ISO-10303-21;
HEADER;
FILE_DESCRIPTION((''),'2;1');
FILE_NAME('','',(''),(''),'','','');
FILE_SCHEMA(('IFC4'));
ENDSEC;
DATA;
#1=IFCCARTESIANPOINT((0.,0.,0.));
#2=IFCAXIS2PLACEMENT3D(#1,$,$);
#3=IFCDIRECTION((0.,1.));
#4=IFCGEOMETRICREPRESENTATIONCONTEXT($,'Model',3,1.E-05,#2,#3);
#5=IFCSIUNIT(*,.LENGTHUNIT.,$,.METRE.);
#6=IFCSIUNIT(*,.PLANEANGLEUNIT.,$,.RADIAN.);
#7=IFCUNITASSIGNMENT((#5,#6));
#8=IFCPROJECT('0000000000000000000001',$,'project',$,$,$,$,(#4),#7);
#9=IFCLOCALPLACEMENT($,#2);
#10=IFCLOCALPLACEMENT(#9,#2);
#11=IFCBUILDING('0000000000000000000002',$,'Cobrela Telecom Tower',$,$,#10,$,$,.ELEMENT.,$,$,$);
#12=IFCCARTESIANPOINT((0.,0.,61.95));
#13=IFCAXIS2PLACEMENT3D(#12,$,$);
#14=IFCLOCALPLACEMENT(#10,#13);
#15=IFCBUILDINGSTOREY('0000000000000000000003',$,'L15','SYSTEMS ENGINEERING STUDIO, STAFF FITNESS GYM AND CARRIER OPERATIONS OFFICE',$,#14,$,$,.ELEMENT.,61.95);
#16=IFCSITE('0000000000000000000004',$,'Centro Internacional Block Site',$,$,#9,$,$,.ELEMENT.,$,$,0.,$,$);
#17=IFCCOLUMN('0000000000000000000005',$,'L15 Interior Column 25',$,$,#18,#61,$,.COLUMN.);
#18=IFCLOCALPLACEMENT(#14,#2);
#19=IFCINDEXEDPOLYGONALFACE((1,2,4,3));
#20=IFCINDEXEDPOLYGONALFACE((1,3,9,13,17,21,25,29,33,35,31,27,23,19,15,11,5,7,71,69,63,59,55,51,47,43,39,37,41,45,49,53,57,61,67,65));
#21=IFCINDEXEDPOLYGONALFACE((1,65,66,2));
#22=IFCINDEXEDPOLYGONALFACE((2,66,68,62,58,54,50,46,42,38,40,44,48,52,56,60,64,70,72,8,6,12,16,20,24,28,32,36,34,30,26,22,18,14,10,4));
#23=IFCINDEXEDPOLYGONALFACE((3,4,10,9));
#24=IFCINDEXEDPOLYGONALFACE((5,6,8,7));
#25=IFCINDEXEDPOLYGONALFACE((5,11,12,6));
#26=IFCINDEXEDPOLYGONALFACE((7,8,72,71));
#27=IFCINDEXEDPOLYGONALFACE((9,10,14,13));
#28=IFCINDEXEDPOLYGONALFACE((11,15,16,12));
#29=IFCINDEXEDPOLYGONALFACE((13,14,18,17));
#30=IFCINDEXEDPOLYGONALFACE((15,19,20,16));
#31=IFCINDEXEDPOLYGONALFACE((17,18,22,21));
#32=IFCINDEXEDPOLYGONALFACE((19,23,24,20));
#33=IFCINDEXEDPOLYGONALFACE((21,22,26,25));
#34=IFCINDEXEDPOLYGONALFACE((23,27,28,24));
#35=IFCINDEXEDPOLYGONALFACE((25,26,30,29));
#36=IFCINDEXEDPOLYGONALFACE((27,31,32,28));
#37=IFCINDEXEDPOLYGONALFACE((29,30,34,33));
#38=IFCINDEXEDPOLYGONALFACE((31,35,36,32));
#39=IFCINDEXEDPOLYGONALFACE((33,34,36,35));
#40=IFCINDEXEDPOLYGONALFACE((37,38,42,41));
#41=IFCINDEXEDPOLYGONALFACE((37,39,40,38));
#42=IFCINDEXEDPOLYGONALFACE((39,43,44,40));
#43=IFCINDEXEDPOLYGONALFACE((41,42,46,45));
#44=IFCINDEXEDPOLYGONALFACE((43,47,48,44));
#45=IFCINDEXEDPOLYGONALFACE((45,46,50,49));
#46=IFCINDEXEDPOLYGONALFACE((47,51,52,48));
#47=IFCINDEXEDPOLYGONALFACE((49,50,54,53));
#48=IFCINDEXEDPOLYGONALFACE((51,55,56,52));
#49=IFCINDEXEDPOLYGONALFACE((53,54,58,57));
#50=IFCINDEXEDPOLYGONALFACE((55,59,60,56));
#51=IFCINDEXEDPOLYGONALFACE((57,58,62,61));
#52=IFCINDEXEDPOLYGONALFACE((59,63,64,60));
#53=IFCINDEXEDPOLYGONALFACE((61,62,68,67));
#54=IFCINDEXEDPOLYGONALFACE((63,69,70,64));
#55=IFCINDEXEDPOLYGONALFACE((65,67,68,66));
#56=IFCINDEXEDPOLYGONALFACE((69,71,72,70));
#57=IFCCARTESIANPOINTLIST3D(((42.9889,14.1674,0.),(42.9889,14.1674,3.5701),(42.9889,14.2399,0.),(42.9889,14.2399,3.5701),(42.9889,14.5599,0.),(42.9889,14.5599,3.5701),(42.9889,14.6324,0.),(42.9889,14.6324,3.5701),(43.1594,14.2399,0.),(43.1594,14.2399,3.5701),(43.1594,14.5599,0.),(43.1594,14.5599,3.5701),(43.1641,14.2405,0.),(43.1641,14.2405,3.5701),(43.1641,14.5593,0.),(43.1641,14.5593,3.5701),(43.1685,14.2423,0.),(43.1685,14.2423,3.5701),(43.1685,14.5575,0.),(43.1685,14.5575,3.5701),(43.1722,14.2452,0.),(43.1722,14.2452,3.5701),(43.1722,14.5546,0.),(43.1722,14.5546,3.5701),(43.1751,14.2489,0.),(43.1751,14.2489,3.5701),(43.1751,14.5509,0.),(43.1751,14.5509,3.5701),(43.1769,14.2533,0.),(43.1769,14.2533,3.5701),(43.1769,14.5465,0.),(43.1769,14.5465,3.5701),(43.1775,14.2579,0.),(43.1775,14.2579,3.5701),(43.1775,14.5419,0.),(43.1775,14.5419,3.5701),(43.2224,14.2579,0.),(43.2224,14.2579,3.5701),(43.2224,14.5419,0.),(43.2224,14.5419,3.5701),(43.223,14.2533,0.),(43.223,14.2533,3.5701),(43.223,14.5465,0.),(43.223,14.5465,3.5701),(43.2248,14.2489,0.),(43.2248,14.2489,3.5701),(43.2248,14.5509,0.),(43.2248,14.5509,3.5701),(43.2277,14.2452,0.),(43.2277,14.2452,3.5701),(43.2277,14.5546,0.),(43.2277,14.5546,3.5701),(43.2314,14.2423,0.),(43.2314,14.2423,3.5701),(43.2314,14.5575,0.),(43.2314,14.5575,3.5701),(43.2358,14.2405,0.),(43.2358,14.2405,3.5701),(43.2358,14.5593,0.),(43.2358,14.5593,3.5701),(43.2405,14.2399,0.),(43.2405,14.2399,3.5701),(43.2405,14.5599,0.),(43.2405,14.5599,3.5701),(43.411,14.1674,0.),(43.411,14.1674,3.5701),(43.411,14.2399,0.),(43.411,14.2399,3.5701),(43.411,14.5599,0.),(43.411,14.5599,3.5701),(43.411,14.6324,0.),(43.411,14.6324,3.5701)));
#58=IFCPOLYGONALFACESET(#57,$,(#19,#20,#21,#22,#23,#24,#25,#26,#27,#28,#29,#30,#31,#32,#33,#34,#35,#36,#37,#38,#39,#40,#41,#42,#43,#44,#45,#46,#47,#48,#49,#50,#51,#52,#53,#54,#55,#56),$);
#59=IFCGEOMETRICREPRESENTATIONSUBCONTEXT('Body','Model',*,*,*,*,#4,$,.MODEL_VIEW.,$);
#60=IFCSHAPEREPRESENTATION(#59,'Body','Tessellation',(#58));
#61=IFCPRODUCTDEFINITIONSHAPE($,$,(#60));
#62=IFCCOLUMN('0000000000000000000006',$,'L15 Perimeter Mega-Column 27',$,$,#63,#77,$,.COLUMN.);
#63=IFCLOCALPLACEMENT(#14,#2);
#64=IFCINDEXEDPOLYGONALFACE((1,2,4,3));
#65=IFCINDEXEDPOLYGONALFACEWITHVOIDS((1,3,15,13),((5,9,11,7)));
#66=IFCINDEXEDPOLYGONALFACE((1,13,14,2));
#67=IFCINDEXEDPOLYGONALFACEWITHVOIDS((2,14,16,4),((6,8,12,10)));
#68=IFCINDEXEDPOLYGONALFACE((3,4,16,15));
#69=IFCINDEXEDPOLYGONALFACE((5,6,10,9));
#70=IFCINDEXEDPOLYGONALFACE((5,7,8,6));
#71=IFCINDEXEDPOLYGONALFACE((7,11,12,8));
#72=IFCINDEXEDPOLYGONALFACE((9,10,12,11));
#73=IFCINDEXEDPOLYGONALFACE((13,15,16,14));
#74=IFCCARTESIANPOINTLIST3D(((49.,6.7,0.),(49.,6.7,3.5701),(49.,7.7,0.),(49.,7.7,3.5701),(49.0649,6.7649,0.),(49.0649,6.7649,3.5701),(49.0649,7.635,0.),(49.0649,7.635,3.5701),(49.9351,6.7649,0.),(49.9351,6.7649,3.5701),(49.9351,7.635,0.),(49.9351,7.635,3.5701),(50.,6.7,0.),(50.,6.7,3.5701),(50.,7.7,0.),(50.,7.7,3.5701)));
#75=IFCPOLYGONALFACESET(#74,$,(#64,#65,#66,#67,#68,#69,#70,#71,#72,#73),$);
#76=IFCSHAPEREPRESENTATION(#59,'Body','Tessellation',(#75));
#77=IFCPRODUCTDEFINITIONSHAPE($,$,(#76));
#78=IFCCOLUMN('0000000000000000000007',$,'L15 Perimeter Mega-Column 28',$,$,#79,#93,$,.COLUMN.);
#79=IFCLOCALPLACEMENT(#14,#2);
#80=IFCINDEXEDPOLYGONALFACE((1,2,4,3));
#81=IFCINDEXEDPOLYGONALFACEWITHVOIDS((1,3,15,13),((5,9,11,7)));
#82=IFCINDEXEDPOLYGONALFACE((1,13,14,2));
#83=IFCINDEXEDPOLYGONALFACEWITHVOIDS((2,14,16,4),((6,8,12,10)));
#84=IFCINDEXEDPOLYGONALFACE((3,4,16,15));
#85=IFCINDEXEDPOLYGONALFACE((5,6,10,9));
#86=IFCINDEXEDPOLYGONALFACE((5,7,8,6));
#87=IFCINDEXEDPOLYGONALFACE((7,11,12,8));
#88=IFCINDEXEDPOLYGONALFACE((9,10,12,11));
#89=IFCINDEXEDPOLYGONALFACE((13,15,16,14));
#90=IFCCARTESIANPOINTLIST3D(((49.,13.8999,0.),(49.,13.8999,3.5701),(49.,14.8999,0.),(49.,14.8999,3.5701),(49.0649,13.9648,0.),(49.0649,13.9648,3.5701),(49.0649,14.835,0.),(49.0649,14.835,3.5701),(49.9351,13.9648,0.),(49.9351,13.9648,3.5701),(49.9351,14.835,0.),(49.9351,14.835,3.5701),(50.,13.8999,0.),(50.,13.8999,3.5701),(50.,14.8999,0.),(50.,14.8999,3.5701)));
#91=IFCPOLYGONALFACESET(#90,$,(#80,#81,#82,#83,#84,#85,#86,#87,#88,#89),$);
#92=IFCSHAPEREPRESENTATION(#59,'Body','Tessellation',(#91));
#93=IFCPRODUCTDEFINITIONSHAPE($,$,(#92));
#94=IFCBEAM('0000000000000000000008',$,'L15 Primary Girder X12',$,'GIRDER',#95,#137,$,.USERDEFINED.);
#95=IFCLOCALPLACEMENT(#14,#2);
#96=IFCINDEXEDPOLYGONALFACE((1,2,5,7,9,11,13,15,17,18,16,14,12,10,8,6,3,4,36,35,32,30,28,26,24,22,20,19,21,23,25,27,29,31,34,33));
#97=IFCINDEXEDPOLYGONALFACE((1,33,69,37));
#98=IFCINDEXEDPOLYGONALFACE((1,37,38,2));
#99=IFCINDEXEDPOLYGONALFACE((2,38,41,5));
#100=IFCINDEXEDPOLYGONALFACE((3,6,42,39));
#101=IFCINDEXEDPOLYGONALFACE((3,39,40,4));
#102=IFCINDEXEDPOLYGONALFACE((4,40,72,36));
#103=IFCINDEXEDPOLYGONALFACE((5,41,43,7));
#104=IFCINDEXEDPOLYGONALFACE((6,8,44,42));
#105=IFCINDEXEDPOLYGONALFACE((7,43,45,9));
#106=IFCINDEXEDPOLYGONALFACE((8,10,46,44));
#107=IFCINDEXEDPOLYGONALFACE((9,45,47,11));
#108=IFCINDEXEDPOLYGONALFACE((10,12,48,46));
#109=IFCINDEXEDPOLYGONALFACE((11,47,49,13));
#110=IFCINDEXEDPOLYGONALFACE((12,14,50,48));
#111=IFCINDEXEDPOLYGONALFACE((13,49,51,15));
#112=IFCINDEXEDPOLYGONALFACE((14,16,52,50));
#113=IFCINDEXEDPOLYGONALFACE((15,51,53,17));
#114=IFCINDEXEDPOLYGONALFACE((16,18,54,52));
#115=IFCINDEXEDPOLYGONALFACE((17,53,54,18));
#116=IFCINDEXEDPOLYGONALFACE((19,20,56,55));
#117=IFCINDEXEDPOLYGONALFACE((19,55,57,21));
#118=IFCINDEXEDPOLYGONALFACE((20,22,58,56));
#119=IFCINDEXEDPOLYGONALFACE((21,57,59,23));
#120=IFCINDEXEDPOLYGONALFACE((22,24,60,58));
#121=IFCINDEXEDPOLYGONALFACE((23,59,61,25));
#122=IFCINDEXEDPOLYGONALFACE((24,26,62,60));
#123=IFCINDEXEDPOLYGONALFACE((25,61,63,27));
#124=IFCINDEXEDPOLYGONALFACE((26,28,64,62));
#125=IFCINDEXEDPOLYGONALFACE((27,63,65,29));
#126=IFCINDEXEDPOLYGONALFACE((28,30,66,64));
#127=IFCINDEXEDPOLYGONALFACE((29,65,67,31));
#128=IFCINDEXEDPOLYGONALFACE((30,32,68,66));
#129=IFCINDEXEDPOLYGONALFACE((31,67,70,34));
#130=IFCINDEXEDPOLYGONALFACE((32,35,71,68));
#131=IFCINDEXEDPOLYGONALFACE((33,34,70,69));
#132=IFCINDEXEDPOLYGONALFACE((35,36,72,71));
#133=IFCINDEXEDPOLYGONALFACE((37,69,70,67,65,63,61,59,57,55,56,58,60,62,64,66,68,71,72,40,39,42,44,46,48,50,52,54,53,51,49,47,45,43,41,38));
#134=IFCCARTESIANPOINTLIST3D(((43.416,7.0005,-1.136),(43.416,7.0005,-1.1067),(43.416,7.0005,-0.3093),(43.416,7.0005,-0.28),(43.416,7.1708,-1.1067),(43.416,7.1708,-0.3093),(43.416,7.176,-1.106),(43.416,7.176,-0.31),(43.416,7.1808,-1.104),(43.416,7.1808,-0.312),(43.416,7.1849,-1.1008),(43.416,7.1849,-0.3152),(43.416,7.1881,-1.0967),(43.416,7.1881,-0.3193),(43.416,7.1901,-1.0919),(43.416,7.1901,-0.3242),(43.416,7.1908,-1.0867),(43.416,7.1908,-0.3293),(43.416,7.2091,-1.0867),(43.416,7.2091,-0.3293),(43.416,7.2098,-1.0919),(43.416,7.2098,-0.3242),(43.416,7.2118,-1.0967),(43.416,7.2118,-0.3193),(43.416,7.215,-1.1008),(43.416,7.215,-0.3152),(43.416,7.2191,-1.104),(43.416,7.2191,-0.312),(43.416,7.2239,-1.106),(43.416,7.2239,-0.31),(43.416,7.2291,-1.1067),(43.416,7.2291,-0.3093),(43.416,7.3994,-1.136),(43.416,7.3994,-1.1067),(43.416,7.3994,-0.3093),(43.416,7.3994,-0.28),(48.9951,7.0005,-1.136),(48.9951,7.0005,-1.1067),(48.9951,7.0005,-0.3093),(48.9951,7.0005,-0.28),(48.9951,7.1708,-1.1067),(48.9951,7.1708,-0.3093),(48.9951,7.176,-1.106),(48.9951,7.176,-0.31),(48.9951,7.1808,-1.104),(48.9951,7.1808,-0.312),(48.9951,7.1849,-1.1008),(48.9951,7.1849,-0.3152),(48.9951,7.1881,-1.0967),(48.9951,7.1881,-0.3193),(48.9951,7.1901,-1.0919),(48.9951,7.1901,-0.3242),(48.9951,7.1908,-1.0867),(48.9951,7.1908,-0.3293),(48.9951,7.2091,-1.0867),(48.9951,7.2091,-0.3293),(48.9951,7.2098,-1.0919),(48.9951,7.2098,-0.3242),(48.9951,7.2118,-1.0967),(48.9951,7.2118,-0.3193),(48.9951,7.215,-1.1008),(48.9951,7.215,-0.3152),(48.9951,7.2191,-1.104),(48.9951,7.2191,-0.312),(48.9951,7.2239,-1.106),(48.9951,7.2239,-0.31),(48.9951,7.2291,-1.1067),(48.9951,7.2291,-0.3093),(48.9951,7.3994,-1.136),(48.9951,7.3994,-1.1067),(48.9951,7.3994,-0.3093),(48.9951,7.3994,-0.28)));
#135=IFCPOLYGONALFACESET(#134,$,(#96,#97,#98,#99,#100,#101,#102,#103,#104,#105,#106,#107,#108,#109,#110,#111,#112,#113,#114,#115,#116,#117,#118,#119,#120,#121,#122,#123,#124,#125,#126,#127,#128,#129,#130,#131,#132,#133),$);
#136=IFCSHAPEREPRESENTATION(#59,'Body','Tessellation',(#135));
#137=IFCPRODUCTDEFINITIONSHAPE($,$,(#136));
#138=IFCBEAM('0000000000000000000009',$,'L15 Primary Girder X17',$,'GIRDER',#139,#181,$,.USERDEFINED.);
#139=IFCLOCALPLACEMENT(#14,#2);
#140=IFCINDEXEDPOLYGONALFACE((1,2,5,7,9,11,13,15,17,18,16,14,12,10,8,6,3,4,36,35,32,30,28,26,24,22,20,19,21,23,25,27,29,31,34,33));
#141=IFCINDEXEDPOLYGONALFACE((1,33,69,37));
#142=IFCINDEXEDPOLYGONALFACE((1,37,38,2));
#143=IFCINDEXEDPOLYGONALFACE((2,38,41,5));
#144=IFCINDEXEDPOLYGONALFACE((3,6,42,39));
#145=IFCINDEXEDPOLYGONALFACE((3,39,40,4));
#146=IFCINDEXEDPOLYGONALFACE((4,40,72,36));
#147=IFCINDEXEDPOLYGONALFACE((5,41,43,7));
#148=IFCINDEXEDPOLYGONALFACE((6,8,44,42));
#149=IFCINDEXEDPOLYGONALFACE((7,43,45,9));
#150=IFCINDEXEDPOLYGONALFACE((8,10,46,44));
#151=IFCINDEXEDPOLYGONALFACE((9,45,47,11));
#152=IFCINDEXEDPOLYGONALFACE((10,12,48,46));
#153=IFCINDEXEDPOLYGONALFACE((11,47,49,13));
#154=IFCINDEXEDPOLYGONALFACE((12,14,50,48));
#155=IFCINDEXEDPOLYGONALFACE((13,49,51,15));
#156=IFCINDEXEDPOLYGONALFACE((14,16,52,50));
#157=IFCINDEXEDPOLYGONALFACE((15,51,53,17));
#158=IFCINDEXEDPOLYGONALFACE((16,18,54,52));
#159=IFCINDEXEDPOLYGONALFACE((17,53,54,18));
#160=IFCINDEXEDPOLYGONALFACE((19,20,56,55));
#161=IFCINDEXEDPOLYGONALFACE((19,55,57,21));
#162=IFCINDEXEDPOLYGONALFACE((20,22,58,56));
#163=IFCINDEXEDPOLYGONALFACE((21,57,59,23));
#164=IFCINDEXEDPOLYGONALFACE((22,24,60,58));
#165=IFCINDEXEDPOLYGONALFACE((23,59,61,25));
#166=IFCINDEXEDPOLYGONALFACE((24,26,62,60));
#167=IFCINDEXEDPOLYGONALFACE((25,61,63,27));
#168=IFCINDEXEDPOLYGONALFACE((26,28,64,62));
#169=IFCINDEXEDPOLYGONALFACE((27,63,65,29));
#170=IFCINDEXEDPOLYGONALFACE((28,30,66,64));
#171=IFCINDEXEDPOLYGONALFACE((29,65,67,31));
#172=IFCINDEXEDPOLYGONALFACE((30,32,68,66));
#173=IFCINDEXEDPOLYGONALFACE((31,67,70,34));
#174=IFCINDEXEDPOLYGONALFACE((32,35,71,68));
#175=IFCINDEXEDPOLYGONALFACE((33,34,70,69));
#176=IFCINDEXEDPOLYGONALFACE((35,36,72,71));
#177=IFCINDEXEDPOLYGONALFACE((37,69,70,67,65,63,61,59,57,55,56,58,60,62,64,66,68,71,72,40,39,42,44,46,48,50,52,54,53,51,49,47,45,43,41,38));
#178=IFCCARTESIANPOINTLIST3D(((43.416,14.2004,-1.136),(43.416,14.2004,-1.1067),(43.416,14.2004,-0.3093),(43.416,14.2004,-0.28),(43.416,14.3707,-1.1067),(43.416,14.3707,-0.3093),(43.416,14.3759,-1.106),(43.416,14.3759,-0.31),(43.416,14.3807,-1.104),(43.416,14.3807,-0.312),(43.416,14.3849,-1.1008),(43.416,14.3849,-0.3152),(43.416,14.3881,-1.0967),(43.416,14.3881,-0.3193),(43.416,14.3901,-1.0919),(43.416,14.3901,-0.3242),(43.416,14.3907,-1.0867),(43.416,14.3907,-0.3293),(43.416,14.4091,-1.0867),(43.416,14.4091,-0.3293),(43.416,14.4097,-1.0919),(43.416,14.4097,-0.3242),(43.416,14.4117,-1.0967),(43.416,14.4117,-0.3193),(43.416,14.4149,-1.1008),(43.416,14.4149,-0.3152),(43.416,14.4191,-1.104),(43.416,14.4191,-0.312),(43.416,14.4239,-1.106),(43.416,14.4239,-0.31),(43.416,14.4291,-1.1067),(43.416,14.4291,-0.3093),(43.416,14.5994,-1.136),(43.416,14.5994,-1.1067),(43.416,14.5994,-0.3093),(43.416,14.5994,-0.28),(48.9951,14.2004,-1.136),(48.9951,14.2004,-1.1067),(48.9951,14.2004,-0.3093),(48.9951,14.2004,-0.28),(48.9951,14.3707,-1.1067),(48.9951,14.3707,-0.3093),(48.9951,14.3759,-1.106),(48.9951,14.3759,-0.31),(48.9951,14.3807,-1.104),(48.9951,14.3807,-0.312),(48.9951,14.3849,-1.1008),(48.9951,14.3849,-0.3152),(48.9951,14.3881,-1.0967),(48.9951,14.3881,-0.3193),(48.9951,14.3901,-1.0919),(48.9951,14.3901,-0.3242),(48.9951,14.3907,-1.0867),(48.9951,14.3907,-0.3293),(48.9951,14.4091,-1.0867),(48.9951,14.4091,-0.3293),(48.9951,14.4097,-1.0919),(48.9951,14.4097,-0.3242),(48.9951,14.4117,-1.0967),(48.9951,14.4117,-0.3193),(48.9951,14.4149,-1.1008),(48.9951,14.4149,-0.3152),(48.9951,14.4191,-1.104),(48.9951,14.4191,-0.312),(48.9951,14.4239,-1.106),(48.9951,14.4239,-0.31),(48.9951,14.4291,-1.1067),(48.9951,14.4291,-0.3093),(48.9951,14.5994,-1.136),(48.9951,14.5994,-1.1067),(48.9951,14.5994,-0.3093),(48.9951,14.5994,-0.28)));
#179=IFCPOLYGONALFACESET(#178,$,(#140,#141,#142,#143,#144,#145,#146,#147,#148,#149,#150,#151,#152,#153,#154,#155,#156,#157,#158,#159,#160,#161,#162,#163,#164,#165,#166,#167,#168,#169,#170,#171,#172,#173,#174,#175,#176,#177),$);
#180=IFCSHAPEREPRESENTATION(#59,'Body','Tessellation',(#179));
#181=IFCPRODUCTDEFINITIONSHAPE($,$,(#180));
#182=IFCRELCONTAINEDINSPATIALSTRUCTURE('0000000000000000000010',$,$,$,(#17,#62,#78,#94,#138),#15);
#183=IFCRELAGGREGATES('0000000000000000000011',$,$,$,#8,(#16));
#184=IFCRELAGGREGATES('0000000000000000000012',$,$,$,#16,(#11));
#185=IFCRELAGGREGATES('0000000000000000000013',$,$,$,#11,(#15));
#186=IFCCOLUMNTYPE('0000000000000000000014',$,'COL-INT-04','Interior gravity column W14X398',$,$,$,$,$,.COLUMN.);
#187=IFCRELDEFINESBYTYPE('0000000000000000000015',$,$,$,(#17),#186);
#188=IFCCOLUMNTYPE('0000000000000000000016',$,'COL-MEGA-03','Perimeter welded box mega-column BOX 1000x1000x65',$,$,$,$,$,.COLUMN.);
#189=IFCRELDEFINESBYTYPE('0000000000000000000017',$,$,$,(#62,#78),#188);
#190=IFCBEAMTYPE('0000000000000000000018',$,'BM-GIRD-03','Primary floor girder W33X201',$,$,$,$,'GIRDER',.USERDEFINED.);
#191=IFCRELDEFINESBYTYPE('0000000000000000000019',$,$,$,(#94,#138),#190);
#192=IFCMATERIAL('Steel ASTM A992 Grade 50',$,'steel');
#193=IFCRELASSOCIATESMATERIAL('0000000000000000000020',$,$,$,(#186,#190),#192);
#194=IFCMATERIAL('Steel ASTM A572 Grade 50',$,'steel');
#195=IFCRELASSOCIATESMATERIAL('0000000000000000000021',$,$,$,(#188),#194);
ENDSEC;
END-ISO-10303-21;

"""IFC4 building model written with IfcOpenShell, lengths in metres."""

from ifc_helpers import new_model, si_unit, direction, frame, origin, origin_2d, place, context, subcontext, project, spatial, hollow_rectangle, i_section, extrude, material, material_profile, profile_set, type_object, element, save


model = new_model("IFC4")

# Units and contexts
model_context = context("Model", 3, precision=1e-05, world=origin(), true_north=direction((0.0, 1.0)))
body_context = subcontext(model_context, "Body", "Model", "MODEL_VIEW")
ifc_project = project(units=[si_unit("LENGTHUNIT", "METRE"), si_unit("PLANEANGLEUNIT", "RADIAN")], contexts=[model_context])

# Site, building, storey
site_placement = place(None, origin())
site = spatial("IfcSite", under=ifc_project, at=site_placement, Name="Centro Internacional Block Site", CompositionType="ELEMENT", RefElevation=0.0)
building_placement = place(site_placement, origin())
building = spatial("IfcBuilding", under=site, at=building_placement, Name="Cobrela Telecom Tower", CompositionType="ELEMENT")
storey_placement = place(building_placement, frame((0.0, 0.0, 61.95)))
storey = spatial("IfcBuildingStorey", under=building, at=storey_placement, Name="L15", Description="SYSTEMS ENGINEERING STUDIO, STAFF FITNESS GYM AND CARRIER OPERATIONS OFFICE", CompositionType="ELEMENT", Elevation=61.95)

# Columns
ifc_material_1 = material(Name="Steel ASTM A992 Grade 50", Category="steel")
ifc_material_profile_1 = material_profile(ifc_material_1, i_section(OverallWidth=0.4221, OverallDepth=0.4651, WebThickness=0.0449, FlangeThickness=0.0725, FilletRadius=0.0181, at=origin_2d()), Name="W14X398")
ifc_profile_set_1 = profile_set([ifc_material_profile_1], Name="Steel ASTM A992 Grade 50")
column_type_1 = type_object("IfcColumnType", Name="COL-INT-04", Description="Interior gravity column W14X398", PredefinedType="COLUMN", material=ifc_profile_set_1)
column_placement = place(storey_placement, frame((43.2, 14.3999, 0.0), z_axis=(0.0, 0.0, 1.0), x_axis=(1.0, 0.0, 0.0)))
element("IfcColumn", 1, at=column_placement, inside=storey, type_object=column_type_1, Name="L15 Interior Column 25", PredefinedType="COLUMN", context=body_context, shape_type="SweptSolid", body=[
    extrude(i_section(OverallWidth=0.4221, OverallDepth=0.4651, WebThickness=0.0449, FlangeThickness=0.0725, FilletRadius=0.0181, at=origin_2d()), origin(), (0.0, 0.0, 1.0), 3.5701),
])
ifc_material_2 = material(Name="Steel ASTM A572 Grade 50", Category="steel")
ifc_material_profile_2 = material_profile(ifc_material_2, hollow_rectangle(XDim=1.0, YDim=1.0, WallThickness=0.0649, at=origin_2d()), Name="BOX 1000x1000x65")
ifc_profile_set_2 = profile_set([ifc_material_profile_2], Name="Steel ASTM A572 Grade 50")
column_type_2 = type_object("IfcColumnType", Name="COL-MEGA-03", Description="Perimeter welded box mega-column BOX 1000x1000x65", PredefinedType="COLUMN", material=ifc_profile_set_2)
for number, where, z_axis, x_axis, name in (
    (2, (49.5, 7.2, 0.0), (0.0, 0.0, 1.0), (1.0, 0.0, 0.0), "L15 Perimeter Mega-Column 27"),
    (3, (49.5, 14.3999, 0.0), (0.0, 0.0, 1.0), (1.0, 0.0, 0.0), "L15 Perimeter Mega-Column 28"),
):
    element("IfcColumn", number, at=place(storey_placement, frame(where, z_axis=z_axis, x_axis=x_axis)), inside=storey, type_object=column_type_2, Name=name, PredefinedType="COLUMN", context=body_context, shape_type="SweptSolid", body=[
        extrude(hollow_rectangle(XDim=1.0, YDim=1.0, WallThickness=0.0649, at=origin_2d()), origin(), (0.0, 0.0, 1.0), 3.5701),
    ])

# Beams
ifc_material_profile_3 = material_profile(ifc_material_1, i_section(OverallWidth=0.3989, OverallDepth=0.856, WebThickness=0.0183, FlangeThickness=0.0293, FilletRadius=0.02, at=origin_2d()), Name="W33X201")
ifc_profile_set_3 = profile_set([ifc_material_profile_3], Name="Steel ASTM A992 Grade 50")
beam_type_1 = type_object("IfcBeamType", Name="BM-GIRD-03", Description="Primary floor girder W33X201", ElementType="GIRDER", PredefinedType="USERDEFINED", material=ifc_profile_set_3)
for number, where, z_axis, x_axis, name in (
    (4, (43.416, 7.2, -0.708), (1.0, 0.0, 0.0), (0.0, 1.0, 0.0), "L15 Primary Girder X12"),
    (5, (43.416, 14.3999, -0.708), (1.0, 0.0, 0.0), (0.0, 1.0, 0.0), "L15 Primary Girder X17"),
):
    element("IfcBeam", number, at=place(storey_placement, frame(where, z_axis=z_axis, x_axis=x_axis)), inside=storey, type_object=beam_type_1, Name=name, ObjectType="GIRDER", PredefinedType="USERDEFINED", context=body_context, shape_type="SweptSolid", body=[
        extrude(i_section(OverallWidth=0.3989, OverallDepth=0.856, WebThickness=0.0183, FlangeThickness=0.0293, FilletRadius=0.02, at=origin_2d()), origin(), (0.0, 0.0, 1.0), 5.5791),
    ])

save(model, "model.ifc")
